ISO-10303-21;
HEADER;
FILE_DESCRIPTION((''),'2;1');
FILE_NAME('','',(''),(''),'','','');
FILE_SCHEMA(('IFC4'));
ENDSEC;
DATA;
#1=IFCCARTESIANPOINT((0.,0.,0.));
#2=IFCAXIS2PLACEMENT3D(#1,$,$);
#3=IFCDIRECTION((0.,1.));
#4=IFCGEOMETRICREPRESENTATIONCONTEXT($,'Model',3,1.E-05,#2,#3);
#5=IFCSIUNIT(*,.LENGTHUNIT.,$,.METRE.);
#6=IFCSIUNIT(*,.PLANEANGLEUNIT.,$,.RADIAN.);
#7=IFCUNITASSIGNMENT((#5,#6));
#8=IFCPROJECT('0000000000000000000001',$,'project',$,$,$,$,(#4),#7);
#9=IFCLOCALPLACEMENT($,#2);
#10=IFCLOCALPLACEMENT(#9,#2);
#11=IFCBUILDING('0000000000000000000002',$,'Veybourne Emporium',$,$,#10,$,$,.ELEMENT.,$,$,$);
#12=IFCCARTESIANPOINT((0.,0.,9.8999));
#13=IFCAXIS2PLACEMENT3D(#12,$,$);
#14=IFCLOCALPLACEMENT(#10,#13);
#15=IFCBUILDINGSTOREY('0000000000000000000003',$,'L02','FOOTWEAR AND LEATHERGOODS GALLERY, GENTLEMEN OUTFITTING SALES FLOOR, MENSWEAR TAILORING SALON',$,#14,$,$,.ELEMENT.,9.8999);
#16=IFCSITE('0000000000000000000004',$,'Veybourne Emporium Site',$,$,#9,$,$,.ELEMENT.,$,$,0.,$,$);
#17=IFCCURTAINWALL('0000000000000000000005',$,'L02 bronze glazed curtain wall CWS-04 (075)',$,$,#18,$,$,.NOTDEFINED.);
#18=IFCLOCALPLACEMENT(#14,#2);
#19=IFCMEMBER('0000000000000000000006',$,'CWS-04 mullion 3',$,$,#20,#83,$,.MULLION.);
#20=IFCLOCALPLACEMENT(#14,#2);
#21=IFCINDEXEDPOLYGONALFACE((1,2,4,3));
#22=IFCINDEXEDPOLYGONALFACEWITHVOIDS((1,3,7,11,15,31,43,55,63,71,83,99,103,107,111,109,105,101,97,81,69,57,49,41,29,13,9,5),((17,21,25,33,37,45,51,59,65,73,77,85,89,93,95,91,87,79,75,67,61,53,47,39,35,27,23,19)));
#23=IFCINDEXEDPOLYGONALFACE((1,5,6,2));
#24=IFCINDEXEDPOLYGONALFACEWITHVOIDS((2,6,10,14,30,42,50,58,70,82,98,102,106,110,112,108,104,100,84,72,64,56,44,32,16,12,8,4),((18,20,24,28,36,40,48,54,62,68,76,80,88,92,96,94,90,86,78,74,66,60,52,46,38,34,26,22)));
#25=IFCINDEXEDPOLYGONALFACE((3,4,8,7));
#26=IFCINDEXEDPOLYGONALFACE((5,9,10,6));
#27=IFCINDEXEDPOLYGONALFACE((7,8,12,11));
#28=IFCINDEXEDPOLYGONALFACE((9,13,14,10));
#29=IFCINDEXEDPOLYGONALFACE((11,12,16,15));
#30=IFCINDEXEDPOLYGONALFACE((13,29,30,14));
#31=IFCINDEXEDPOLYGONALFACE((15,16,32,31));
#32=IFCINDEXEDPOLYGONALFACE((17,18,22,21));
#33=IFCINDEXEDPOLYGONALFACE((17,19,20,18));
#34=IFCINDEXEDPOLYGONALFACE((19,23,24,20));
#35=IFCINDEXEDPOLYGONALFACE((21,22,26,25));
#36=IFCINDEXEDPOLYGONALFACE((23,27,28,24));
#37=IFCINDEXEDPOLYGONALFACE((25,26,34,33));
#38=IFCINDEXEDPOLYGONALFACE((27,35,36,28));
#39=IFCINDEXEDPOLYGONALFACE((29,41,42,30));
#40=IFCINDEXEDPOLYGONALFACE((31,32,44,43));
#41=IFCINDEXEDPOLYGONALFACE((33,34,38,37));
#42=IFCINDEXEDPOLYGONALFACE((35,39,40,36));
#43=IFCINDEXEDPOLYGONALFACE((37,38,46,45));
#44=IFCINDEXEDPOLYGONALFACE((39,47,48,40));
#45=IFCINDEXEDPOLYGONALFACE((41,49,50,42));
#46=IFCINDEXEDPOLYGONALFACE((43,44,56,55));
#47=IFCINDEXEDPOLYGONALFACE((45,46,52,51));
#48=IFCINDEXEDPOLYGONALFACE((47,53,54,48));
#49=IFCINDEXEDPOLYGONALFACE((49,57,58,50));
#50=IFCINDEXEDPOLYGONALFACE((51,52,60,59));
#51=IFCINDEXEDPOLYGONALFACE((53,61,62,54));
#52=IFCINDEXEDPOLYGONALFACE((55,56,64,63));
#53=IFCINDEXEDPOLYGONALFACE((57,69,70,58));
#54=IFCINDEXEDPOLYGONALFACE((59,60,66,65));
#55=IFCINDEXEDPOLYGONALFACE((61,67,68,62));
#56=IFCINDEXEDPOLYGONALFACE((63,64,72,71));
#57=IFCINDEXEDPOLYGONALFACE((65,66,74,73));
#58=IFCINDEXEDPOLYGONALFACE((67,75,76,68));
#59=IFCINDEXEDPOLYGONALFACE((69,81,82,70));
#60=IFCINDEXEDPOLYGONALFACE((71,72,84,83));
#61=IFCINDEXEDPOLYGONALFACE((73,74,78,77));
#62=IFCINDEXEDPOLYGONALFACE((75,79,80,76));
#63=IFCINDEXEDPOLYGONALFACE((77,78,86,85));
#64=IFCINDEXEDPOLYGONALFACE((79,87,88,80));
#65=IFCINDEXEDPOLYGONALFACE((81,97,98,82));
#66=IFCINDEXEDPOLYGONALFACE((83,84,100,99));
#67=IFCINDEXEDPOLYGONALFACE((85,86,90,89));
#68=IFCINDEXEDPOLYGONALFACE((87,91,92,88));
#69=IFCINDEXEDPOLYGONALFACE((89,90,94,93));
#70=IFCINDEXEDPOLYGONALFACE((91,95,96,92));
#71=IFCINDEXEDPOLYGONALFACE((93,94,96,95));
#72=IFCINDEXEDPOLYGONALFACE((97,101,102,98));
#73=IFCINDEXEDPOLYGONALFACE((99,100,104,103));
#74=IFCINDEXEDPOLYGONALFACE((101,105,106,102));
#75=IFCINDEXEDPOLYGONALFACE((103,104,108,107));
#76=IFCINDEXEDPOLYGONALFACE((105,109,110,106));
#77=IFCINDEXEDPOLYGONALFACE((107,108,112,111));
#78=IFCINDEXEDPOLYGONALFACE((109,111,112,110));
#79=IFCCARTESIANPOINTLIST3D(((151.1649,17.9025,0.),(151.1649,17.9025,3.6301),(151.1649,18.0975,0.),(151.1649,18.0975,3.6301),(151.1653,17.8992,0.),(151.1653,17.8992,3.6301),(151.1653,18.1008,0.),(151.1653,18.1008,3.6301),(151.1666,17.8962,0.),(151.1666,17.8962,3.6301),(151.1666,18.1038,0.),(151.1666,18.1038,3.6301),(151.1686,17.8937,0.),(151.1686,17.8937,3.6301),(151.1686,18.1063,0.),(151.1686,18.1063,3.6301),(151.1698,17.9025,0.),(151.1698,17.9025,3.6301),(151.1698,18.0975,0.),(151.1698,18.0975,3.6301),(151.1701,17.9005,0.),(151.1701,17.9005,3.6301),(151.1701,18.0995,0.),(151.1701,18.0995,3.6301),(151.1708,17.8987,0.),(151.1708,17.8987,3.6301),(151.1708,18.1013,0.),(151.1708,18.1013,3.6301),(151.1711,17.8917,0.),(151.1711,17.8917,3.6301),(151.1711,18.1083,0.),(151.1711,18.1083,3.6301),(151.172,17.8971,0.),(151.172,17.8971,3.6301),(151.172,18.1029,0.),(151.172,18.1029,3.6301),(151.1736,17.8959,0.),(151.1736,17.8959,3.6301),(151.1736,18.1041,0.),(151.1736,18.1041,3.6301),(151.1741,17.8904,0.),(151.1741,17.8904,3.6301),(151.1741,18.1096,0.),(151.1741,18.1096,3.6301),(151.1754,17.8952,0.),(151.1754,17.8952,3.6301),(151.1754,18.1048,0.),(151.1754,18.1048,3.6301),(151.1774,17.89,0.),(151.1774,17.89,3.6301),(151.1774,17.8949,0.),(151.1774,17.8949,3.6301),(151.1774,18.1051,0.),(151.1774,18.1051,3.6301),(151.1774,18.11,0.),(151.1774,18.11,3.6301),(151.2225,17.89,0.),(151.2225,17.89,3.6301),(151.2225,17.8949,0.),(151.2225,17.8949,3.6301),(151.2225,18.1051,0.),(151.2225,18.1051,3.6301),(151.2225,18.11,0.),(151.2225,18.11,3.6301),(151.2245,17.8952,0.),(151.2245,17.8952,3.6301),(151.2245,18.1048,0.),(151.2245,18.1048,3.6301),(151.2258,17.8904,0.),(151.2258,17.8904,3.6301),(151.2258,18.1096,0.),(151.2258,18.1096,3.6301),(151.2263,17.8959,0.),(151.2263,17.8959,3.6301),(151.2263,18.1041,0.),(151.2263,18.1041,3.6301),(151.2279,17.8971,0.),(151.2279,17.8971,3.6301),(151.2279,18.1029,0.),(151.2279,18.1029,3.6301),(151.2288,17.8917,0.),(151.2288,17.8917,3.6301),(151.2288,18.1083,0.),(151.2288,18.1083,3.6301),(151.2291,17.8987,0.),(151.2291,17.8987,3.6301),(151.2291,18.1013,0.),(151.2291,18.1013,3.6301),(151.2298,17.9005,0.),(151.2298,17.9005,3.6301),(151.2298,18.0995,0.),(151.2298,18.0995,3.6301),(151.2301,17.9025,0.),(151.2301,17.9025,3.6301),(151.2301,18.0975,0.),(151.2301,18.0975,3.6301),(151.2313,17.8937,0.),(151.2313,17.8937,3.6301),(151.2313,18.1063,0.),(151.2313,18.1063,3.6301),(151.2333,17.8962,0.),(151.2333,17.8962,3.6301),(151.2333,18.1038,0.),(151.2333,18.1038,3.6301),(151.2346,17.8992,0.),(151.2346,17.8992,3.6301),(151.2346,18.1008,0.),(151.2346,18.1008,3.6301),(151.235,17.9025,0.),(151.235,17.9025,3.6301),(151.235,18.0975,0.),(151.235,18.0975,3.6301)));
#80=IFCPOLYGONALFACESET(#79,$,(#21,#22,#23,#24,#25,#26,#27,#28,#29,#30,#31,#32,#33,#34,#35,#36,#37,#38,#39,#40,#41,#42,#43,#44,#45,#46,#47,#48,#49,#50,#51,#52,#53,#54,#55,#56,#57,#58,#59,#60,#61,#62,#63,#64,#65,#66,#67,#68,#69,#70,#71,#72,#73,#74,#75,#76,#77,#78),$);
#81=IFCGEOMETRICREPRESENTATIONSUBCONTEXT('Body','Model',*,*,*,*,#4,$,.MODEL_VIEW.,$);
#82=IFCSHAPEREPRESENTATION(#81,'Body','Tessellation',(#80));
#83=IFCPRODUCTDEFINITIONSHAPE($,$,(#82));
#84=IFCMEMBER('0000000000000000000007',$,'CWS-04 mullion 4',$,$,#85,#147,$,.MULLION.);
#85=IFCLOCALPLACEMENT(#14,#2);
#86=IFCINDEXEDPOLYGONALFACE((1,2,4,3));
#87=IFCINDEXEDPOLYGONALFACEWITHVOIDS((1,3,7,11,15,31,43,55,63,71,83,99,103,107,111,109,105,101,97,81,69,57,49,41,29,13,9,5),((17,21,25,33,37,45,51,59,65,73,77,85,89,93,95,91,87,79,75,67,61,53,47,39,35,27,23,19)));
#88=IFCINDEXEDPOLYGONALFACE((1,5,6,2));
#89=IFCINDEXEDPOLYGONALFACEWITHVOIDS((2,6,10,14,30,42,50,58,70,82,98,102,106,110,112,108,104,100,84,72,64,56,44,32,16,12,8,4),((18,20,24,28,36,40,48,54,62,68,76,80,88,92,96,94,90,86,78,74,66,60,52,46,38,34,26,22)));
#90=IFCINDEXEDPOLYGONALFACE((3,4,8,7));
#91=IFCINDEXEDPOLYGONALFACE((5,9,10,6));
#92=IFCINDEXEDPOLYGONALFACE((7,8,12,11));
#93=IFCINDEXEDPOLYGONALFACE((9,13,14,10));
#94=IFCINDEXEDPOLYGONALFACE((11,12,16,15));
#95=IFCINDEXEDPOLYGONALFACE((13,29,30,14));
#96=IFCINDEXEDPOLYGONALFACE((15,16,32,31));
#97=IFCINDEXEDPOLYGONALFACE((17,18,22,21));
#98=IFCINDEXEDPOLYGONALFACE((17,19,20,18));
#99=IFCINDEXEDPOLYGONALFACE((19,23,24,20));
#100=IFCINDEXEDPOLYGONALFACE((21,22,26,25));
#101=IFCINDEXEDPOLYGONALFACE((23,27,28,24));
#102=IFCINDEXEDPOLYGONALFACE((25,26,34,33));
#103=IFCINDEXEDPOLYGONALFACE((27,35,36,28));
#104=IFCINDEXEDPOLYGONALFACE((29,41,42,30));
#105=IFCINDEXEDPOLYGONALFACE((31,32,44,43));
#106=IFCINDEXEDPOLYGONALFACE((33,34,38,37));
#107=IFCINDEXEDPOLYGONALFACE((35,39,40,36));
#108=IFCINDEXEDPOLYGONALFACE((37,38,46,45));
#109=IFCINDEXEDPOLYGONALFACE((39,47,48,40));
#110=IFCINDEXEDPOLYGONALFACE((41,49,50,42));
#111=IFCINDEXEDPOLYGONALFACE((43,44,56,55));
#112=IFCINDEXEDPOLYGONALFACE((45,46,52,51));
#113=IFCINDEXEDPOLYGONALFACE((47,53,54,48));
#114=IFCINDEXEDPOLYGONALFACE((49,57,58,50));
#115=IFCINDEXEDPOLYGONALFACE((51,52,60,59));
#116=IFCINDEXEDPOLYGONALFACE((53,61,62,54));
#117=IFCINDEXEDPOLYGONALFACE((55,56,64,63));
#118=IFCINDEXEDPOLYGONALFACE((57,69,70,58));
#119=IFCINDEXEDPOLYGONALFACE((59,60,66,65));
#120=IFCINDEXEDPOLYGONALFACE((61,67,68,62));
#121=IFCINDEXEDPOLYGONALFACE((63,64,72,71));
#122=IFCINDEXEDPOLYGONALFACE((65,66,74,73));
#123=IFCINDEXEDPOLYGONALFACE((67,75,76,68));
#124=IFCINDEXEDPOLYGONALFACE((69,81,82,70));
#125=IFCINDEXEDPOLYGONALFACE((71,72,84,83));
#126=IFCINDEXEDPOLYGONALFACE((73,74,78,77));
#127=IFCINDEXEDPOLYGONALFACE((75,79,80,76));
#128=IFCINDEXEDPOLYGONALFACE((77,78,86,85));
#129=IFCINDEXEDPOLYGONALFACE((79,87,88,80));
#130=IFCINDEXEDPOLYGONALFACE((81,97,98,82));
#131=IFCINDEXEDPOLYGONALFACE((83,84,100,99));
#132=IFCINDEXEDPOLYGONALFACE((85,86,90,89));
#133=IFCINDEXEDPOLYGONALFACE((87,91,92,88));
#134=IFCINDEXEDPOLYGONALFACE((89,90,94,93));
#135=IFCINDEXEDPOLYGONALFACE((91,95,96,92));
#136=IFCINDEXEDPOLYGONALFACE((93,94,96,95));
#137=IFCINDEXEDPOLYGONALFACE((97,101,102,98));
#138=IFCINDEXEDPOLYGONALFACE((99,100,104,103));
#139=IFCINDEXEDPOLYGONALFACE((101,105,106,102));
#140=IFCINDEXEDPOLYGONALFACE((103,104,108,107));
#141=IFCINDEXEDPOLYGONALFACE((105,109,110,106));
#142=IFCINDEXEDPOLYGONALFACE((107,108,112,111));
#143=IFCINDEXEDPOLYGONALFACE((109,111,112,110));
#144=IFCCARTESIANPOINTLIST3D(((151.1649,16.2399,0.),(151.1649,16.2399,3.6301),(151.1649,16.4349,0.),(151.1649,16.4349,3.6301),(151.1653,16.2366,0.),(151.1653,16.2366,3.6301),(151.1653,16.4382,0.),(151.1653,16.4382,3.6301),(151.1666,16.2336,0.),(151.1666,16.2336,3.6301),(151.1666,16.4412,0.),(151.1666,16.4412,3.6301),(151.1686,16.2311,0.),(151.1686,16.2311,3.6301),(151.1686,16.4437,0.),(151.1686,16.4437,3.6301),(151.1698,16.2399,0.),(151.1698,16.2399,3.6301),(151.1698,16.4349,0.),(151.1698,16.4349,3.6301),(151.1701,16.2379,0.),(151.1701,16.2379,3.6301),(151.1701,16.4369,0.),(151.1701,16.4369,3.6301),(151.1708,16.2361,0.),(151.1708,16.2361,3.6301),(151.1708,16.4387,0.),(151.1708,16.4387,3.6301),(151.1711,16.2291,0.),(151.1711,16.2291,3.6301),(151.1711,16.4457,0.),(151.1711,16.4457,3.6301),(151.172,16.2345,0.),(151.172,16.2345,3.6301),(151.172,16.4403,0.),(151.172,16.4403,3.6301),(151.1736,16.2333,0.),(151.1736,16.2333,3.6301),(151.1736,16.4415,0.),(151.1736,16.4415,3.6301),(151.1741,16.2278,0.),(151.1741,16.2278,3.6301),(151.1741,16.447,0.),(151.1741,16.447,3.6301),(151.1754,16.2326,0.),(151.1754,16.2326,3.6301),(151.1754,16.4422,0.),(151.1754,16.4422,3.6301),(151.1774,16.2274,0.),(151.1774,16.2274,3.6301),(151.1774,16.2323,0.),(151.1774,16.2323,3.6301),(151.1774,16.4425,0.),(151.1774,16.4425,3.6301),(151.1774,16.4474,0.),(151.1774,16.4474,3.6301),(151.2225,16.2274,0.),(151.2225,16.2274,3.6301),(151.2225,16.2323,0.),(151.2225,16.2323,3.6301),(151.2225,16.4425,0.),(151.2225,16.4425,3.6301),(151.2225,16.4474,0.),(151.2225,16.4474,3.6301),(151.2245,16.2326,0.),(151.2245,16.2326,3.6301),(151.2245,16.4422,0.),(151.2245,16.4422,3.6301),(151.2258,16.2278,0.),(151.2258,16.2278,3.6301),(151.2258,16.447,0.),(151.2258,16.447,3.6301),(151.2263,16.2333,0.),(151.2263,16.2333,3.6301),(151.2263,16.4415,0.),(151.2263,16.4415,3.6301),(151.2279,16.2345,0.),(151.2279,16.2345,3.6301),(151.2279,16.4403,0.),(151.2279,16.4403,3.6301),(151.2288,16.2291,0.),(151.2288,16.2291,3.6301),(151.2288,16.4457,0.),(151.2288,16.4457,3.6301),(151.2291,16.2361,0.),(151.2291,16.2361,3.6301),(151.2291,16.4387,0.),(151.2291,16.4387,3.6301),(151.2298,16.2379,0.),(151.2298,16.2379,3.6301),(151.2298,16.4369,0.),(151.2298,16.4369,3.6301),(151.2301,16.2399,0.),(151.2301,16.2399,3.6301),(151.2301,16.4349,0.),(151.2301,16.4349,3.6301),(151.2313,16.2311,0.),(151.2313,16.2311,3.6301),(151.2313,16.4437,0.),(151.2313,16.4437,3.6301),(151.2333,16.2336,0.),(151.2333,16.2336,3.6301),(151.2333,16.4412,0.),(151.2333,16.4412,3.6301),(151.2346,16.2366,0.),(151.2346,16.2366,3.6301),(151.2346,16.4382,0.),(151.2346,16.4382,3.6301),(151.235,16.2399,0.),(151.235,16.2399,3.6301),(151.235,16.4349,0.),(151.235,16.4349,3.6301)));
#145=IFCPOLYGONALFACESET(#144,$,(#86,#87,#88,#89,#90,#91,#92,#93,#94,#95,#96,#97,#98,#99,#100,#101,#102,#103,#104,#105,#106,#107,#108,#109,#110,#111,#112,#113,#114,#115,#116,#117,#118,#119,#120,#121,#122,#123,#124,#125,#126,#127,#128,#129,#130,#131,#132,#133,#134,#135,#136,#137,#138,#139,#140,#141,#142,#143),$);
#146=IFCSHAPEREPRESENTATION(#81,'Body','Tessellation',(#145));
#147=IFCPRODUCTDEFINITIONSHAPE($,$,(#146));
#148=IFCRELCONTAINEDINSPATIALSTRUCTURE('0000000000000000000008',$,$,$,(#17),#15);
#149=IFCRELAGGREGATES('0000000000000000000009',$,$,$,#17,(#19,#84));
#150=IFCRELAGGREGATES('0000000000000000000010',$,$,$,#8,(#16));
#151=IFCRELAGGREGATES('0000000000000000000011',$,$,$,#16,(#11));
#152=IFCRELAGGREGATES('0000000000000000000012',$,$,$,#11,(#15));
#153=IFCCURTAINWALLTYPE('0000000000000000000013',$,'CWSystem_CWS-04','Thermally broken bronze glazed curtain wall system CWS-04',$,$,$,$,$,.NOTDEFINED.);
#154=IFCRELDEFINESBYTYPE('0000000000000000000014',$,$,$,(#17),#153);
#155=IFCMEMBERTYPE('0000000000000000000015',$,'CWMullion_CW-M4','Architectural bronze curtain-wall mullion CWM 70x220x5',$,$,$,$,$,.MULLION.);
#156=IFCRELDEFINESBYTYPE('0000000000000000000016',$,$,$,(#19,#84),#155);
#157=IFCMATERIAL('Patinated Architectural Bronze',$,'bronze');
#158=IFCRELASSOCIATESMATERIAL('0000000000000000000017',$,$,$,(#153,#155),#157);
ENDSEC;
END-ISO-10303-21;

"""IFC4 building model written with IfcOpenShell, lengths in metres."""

from ifc_helpers import new_model, si_unit, direction, frame, origin, origin_2d, place, context, subcontext, project, spatial, hollow_rectangle, extrude, material, material_profile, profile_set, type_object, element, aggregate, save


model = new_model("IFC4")

# Units and contexts
model_context = context("Model", 3, precision=1e-05, world=origin(), true_north=direction((0.0, 1.0)))
body_context = subcontext(model_context, "Body", "Model", "MODEL_VIEW")
ifc_project = project(units=[si_unit("LENGTHUNIT", "METRE"), si_unit("PLANEANGLEUNIT", "RADIAN")], contexts=[model_context])

# Site, building, storey
site_placement = place(None, origin())
site = spatial("IfcSite", under=ifc_project, at=site_placement, Name="Veybourne Emporium Site", CompositionType="ELEMENT", RefElevation=0.0)
building_placement = place(site_placement, origin())
building = spatial("IfcBuilding", under=site, at=building_placement, Name="Veybourne Emporium", CompositionType="ELEMENT")
storey_placement = place(building_placement, frame((0.0, 0.0, 9.8999)))
storey = spatial("IfcBuildingStorey", under=building, at=storey_placement, Name="L02", Description="FOOTWEAR AND LEATHERGOODS GALLERY, GENTLEMEN OUTFITTING SALES FLOOR, MENSWEAR TAILORING SALON", CompositionType="ELEMENT", Elevation=9.8999)

# Curtain wall, members
ifc_material_1 = material(Name="Patinated Architectural Bronze", Category="bronze")
curtain_wall_type = type_object("IfcCurtainWallType", Name="CWSystem_CWS-04", Description="Thermally broken bronze glazed curtain wall system CWS-04", PredefinedType="NOTDEFINED", material=ifc_material_1)
curtain_wall_placement = place(storey_placement, origin())
curtain_wall = element("IfcCurtainWall", 1, at=curtain_wall_placement, inside=storey, type_object=curtain_wall_type, Name="L02 bronze glazed curtain wall CWS-04 (075)", PredefinedType="NOTDEFINED")
ifc_material_profile_1 = material_profile(ifc_material_1, hollow_rectangle(XDim=0.0701, YDim=0.22, WallThickness=0.0049, InnerFilletRadius=0.0076, OuterFilletRadius=0.0125, at=origin_2d()), Name="CWM 70x220x5")
ifc_profile_set_1 = profile_set([ifc_material_profile_1], Name="Patinated Architectural Bronze")
member_type_1 = type_object("IfcMemberType", Name="CWMullion_CW-M4", Description="Architectural bronze curtain-wall mullion CWM 70x220x5", PredefinedType="MULLION", material=ifc_profile_set_1)
member_1_placement = place(storey_placement, frame((151.2, 18.0, 0.0), z_axis=(0.0, 0.0, 1.0), x_axis=(1.0, 0.0, 0.0)))
member_1 = element("IfcMember", 2, at=member_1_placement, type_object=member_type_1, Name="CWS-04 mullion 3", PredefinedType="MULLION", context=body_context, shape_type="SweptSolid", body=[
    extrude(hollow_rectangle(XDim=0.0701, YDim=0.22, WallThickness=0.0049, InnerFilletRadius=0.0076, OuterFilletRadius=0.0125, at=origin_2d()), origin(), (0.0, 0.0, 1.0), 3.6301),
])
member_2_placement = place(storey_placement, frame((151.2, 16.3374, 0.0), z_axis=(0.0, 0.0, 1.0), x_axis=(1.0, 0.0, 0.0)))
member_2 = element("IfcMember", 3, at=member_2_placement, type_object=member_type_1, Name="CWS-04 mullion 4", PredefinedType="MULLION", context=body_context, shape_type="SweptSolid", body=[
    extrude(hollow_rectangle(XDim=0.0701, YDim=0.22, WallThickness=0.0049, InnerFilletRadius=0.0076, OuterFilletRadius=0.0125, at=origin_2d()), origin(), (0.0, 0.0, 1.0), 3.6301),
])
aggregate(curtain_wall, [member_1, member_2])

save(model, "model.ifc")
